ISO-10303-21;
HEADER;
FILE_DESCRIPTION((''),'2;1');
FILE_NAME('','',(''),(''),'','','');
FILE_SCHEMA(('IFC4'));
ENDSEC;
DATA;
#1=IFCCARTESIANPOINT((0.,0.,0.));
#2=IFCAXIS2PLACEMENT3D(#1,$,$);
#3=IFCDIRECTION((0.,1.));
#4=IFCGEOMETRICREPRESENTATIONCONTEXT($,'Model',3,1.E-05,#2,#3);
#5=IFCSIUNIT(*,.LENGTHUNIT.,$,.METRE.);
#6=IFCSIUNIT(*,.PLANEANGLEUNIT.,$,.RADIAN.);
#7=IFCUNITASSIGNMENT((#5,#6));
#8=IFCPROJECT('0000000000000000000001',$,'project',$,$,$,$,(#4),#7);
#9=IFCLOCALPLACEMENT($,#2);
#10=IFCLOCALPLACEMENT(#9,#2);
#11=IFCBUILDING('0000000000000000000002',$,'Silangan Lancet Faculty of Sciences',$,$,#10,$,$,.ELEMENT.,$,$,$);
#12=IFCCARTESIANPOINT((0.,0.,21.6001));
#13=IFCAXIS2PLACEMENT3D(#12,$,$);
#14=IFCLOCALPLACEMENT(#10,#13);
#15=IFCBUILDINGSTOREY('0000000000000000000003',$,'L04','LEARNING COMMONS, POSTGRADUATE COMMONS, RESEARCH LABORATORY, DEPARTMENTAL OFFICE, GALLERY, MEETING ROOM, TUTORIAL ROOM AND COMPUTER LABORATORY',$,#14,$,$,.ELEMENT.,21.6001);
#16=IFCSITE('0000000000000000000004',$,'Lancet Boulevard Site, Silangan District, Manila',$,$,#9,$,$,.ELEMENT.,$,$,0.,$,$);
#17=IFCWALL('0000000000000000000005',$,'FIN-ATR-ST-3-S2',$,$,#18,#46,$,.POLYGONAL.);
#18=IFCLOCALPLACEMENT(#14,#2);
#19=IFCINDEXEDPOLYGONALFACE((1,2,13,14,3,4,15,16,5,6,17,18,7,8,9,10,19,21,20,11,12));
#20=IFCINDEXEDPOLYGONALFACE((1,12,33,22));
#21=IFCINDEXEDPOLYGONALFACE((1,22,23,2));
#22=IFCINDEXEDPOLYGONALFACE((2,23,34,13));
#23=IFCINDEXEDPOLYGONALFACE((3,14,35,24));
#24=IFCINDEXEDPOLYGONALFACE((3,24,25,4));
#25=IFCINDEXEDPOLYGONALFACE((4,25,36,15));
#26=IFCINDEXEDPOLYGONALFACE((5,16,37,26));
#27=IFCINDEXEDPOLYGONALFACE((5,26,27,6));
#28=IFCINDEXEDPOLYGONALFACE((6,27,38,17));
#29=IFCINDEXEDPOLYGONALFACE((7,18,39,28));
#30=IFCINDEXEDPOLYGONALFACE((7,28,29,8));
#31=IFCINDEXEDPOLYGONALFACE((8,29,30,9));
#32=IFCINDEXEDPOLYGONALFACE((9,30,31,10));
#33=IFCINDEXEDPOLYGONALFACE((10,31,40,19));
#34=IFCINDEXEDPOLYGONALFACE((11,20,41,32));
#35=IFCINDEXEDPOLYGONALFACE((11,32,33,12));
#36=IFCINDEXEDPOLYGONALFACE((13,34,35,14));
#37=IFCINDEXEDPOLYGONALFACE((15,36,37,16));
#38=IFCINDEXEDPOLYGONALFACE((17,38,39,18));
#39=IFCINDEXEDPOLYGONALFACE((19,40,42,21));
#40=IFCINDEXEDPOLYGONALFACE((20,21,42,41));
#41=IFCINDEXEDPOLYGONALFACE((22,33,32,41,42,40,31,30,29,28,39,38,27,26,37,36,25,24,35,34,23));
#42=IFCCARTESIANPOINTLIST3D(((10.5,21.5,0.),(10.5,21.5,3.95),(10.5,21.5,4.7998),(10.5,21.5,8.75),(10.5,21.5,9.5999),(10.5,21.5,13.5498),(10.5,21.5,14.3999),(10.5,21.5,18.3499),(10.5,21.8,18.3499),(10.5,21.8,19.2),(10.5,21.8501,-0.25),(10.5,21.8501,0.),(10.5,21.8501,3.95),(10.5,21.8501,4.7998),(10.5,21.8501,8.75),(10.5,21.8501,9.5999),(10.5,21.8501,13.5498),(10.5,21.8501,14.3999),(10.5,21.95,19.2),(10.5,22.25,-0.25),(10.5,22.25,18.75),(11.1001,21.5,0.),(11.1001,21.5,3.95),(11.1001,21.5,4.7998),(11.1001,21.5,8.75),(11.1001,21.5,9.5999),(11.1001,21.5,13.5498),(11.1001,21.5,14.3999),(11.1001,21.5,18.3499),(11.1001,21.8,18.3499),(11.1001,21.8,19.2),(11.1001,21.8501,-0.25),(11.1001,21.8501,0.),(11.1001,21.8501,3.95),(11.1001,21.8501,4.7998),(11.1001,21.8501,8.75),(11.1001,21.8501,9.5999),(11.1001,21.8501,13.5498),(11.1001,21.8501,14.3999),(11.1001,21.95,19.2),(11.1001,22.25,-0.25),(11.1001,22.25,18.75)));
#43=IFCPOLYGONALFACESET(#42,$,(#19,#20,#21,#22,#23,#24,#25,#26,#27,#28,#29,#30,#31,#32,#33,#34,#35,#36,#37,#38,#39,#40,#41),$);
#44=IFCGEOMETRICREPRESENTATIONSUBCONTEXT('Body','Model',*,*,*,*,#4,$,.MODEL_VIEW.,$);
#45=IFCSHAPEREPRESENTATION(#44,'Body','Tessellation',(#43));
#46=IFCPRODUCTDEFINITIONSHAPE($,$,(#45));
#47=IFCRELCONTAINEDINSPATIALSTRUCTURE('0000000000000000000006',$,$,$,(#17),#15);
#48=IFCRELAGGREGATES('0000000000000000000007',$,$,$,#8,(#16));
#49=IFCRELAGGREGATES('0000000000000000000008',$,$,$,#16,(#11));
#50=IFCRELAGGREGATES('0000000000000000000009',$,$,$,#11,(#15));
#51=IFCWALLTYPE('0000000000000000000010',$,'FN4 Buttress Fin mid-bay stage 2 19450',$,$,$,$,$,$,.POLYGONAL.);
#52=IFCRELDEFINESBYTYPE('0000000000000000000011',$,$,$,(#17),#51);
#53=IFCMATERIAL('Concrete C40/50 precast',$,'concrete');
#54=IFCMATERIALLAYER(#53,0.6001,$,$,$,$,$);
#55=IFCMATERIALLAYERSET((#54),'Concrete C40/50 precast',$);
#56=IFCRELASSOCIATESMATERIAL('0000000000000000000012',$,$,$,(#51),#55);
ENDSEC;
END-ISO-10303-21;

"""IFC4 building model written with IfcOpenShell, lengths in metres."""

from ifc_helpers import new_model, si_unit, direction, frame, origin, place, context, subcontext, project, spatial, polyline, outline, extrude, material, layer, layer_set, type_object, element, save


model = new_model("IFC4")

# Units and contexts
model_context = context("Model", 3, precision=1e-05, world=origin(), true_north=direction((0.0, 1.0)))
body_context = subcontext(model_context, "Body", "Model", "MODEL_VIEW")
ifc_project = project(units=[si_unit("LENGTHUNIT", "METRE"), si_unit("PLANEANGLEUNIT", "RADIAN")], contexts=[model_context])

# Site, building, storey
site_placement = place(None, origin())
site = spatial("IfcSite", under=ifc_project, at=site_placement, Name="Lancet Boulevard Site, Silangan District, Manila", CompositionType="ELEMENT", RefElevation=0.0)
building_placement = place(site_placement, origin())
building = spatial("IfcBuilding", under=site, at=building_placement, Name="Silangan Lancet Faculty of Sciences", CompositionType="ELEMENT")
storey_placement = place(building_placement, frame((0.0, 0.0, 21.6001)))
storey = spatial("IfcBuildingStorey", under=building, at=storey_placement, Name="L04", Description="LEARNING COMMONS, POSTGRADUATE COMMONS, RESEARCH LABORATORY, DEPARTMENTAL OFFICE, GALLERY, MEETING ROOM, TUTORIAL ROOM AND COMPUTER LABORATORY", CompositionType="ELEMENT", Elevation=21.6001)

# Wall
ifc_material_1 = material(Name="Concrete C40/50 precast", Category="concrete")
ifc_layer_1 = layer(ifc_material_1, 0.6001)
ifc_layer_set_1 = layer_set([ifc_layer_1], Name="Concrete C40/50 precast")
wall_type = type_object("IfcWallType", Name="FN4 Buttress Fin mid-bay stage 2 19450", PredefinedType="POLYGONAL", material=ifc_layer_set_1)
wall_placement = place(storey_placement, frame((10.8, 21.5, -0.25), z_axis=(0.0, 0.0, 1.0), x_axis=(0.0, 1.0, 0.0)))
element("IfcWall", 1, at=wall_placement, inside=storey, type_object=wall_type, Name="FIN-ATR-ST-3-S2", PredefinedType="POLYGONAL", context=body_context, shape_type="SweptSolid", body=[
    extrude(outline(polyline([(0.75, 0.0), (0.75, 19.0), (0.45, 19.45), (0.3, 19.45), (0.3, 18.5999), (0.0, 18.5999), (0.0, 14.6499), (0.3501, 14.6499), (0.3501, 13.7998), (0.0, 13.7998), (0.0, 9.8499), (0.3501, 9.8499), (0.3501, 9.0), (0.0, 9.0), (0.0, 5.0498), (0.3501, 5.0498), (0.3501, 4.2), (0.0, 4.2), (0.0, 0.25), (0.3501, 0.25), (0.3501, 0.0), (0.75, 0.0)])), frame((0.0, 0.3, 0.0), z_axis=(0.0, -1.0, 0.0), x_axis=(1.0, 0.0, 0.0)), (0.0, 0.0, 1.0), 0.6001),
])

save(model, "model.ifc")
